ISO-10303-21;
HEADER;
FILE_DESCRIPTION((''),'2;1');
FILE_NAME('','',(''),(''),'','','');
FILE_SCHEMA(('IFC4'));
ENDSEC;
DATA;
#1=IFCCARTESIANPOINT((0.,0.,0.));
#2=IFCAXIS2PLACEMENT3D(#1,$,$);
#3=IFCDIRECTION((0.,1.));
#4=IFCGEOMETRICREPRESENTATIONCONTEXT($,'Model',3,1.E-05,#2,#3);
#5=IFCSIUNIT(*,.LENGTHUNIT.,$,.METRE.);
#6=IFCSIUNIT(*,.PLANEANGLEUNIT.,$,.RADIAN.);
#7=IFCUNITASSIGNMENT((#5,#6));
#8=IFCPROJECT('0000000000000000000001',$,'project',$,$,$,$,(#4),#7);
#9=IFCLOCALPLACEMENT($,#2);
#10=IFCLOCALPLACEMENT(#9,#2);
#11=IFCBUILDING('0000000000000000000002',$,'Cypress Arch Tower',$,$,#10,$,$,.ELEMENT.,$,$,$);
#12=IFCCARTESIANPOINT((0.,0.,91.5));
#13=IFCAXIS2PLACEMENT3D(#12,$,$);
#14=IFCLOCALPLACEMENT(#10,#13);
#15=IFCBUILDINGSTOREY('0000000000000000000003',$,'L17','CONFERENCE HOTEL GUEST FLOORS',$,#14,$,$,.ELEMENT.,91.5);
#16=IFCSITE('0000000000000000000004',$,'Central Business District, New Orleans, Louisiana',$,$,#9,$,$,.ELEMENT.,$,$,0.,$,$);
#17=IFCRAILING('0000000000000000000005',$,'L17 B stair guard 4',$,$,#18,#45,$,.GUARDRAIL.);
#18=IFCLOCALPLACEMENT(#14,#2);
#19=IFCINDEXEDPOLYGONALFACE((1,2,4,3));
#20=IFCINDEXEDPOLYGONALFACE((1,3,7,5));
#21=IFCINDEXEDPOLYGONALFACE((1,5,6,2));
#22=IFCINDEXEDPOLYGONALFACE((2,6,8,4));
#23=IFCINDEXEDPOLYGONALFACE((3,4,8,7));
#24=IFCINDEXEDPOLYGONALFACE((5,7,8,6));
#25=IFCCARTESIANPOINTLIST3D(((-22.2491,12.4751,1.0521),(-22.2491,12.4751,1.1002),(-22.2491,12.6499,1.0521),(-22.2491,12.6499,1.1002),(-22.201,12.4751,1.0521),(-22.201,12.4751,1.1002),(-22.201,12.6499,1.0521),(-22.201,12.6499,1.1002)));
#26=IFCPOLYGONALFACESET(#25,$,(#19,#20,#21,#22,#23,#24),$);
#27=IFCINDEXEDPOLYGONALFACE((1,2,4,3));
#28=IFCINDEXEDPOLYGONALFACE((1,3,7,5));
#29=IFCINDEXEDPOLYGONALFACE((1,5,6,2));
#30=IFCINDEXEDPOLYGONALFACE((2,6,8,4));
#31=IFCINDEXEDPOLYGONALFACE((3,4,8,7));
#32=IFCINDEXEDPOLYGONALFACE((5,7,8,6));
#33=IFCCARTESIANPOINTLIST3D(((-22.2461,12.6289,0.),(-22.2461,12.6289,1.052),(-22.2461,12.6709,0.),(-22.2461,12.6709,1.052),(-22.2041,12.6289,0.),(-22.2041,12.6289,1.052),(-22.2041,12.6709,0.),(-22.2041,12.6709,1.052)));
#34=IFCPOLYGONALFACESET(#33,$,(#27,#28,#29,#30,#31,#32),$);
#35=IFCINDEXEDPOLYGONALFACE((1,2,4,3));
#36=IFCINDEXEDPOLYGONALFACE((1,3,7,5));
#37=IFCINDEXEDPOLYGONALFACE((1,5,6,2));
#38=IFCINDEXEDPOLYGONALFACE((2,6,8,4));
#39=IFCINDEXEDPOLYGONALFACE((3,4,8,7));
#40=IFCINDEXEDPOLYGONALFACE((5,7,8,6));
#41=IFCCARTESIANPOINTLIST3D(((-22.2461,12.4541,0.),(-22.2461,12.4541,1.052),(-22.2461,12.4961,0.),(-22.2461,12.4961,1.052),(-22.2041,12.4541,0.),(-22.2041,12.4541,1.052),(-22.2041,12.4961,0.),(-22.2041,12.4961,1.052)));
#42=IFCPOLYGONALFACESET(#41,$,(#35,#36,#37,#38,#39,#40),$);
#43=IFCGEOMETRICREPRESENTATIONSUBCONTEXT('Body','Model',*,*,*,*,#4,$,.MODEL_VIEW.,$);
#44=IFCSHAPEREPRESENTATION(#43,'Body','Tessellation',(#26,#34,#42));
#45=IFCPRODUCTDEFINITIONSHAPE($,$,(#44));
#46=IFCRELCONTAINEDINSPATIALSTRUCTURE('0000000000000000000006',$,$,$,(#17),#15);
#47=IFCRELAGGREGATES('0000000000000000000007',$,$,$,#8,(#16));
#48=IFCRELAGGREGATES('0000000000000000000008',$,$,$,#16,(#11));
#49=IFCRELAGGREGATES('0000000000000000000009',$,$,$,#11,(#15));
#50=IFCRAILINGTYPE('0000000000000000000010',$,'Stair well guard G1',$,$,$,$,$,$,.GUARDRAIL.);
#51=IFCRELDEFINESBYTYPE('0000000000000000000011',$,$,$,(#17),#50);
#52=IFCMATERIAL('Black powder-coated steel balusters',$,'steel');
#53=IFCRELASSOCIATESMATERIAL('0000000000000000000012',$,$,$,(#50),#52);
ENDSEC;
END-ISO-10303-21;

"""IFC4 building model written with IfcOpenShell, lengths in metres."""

from ifc_helpers import new_model, si_unit, direction, frame, origin, origin_2d, place, context, subcontext, project, spatial, rectangle, extrude, material, type_object, element, save


model = new_model("IFC4")

# Units and contexts
model_context = context("Model", 3, precision=1e-05, world=origin(), true_north=direction((0.0, 1.0)))
body_context = subcontext(model_context, "Body", "Model", "MODEL_VIEW")
ifc_project = project(units=[si_unit("LENGTHUNIT", "METRE"), si_unit("PLANEANGLEUNIT", "RADIAN")], contexts=[model_context])

# Site, building, storey
site_placement = place(None, origin())
site = spatial("IfcSite", under=ifc_project, at=site_placement, Name="Central Business District, New Orleans, Louisiana", CompositionType="ELEMENT", RefElevation=0.0)
building_placement = place(site_placement, origin())
building = spatial("IfcBuilding", under=site, at=building_placement, Name="Cypress Arch Tower", CompositionType="ELEMENT")
storey_placement = place(building_placement, frame((0.0, 0.0, 91.5)))
storey = spatial("IfcBuildingStorey", under=building, at=storey_placement, Name="L17", Description="CONFERENCE HOTEL GUEST FLOORS", CompositionType="ELEMENT", Elevation=91.5)

# Railing
ifc_material_1 = material(Name="Black powder-coated steel balusters", Category="steel")
railing_type_1 = type_object("IfcRailingType", Name="Stair well guard G1", PredefinedType="GUARDRAIL", material=ifc_material_1)
railing_1_placement = place(storey_placement, frame((-22.2251, 12.6499, 0.0)))
element("IfcRailing", 1, at=railing_1_placement, inside=storey, type_object=railing_type_1, Name="L17 B stair guard 4", PredefinedType="GUARDRAIL", context=body_context, shape_type="SweptSolid", body=[
    extrude(rectangle(XDim=0.0481, YDim=0.0481, at=origin_2d()), frame((0.0, 0.0, 1.0762), z_axis=(0.0, -1.0, 0.0), x_axis=(1.0, 0.0, 0.0)), (0.0, 0.0, 1.0), 0.1748),
    extrude(rectangle(XDim=0.042, YDim=0.042, at=origin_2d()), origin(), (0.0, 0.0, 1.0), 1.052),
    extrude(rectangle(XDim=0.042, YDim=0.042, at=origin_2d()), frame((0.0, -0.1748, 0.0)), (0.0, 0.0, 1.0), 1.052),
])

save(model, "model.ifc")
